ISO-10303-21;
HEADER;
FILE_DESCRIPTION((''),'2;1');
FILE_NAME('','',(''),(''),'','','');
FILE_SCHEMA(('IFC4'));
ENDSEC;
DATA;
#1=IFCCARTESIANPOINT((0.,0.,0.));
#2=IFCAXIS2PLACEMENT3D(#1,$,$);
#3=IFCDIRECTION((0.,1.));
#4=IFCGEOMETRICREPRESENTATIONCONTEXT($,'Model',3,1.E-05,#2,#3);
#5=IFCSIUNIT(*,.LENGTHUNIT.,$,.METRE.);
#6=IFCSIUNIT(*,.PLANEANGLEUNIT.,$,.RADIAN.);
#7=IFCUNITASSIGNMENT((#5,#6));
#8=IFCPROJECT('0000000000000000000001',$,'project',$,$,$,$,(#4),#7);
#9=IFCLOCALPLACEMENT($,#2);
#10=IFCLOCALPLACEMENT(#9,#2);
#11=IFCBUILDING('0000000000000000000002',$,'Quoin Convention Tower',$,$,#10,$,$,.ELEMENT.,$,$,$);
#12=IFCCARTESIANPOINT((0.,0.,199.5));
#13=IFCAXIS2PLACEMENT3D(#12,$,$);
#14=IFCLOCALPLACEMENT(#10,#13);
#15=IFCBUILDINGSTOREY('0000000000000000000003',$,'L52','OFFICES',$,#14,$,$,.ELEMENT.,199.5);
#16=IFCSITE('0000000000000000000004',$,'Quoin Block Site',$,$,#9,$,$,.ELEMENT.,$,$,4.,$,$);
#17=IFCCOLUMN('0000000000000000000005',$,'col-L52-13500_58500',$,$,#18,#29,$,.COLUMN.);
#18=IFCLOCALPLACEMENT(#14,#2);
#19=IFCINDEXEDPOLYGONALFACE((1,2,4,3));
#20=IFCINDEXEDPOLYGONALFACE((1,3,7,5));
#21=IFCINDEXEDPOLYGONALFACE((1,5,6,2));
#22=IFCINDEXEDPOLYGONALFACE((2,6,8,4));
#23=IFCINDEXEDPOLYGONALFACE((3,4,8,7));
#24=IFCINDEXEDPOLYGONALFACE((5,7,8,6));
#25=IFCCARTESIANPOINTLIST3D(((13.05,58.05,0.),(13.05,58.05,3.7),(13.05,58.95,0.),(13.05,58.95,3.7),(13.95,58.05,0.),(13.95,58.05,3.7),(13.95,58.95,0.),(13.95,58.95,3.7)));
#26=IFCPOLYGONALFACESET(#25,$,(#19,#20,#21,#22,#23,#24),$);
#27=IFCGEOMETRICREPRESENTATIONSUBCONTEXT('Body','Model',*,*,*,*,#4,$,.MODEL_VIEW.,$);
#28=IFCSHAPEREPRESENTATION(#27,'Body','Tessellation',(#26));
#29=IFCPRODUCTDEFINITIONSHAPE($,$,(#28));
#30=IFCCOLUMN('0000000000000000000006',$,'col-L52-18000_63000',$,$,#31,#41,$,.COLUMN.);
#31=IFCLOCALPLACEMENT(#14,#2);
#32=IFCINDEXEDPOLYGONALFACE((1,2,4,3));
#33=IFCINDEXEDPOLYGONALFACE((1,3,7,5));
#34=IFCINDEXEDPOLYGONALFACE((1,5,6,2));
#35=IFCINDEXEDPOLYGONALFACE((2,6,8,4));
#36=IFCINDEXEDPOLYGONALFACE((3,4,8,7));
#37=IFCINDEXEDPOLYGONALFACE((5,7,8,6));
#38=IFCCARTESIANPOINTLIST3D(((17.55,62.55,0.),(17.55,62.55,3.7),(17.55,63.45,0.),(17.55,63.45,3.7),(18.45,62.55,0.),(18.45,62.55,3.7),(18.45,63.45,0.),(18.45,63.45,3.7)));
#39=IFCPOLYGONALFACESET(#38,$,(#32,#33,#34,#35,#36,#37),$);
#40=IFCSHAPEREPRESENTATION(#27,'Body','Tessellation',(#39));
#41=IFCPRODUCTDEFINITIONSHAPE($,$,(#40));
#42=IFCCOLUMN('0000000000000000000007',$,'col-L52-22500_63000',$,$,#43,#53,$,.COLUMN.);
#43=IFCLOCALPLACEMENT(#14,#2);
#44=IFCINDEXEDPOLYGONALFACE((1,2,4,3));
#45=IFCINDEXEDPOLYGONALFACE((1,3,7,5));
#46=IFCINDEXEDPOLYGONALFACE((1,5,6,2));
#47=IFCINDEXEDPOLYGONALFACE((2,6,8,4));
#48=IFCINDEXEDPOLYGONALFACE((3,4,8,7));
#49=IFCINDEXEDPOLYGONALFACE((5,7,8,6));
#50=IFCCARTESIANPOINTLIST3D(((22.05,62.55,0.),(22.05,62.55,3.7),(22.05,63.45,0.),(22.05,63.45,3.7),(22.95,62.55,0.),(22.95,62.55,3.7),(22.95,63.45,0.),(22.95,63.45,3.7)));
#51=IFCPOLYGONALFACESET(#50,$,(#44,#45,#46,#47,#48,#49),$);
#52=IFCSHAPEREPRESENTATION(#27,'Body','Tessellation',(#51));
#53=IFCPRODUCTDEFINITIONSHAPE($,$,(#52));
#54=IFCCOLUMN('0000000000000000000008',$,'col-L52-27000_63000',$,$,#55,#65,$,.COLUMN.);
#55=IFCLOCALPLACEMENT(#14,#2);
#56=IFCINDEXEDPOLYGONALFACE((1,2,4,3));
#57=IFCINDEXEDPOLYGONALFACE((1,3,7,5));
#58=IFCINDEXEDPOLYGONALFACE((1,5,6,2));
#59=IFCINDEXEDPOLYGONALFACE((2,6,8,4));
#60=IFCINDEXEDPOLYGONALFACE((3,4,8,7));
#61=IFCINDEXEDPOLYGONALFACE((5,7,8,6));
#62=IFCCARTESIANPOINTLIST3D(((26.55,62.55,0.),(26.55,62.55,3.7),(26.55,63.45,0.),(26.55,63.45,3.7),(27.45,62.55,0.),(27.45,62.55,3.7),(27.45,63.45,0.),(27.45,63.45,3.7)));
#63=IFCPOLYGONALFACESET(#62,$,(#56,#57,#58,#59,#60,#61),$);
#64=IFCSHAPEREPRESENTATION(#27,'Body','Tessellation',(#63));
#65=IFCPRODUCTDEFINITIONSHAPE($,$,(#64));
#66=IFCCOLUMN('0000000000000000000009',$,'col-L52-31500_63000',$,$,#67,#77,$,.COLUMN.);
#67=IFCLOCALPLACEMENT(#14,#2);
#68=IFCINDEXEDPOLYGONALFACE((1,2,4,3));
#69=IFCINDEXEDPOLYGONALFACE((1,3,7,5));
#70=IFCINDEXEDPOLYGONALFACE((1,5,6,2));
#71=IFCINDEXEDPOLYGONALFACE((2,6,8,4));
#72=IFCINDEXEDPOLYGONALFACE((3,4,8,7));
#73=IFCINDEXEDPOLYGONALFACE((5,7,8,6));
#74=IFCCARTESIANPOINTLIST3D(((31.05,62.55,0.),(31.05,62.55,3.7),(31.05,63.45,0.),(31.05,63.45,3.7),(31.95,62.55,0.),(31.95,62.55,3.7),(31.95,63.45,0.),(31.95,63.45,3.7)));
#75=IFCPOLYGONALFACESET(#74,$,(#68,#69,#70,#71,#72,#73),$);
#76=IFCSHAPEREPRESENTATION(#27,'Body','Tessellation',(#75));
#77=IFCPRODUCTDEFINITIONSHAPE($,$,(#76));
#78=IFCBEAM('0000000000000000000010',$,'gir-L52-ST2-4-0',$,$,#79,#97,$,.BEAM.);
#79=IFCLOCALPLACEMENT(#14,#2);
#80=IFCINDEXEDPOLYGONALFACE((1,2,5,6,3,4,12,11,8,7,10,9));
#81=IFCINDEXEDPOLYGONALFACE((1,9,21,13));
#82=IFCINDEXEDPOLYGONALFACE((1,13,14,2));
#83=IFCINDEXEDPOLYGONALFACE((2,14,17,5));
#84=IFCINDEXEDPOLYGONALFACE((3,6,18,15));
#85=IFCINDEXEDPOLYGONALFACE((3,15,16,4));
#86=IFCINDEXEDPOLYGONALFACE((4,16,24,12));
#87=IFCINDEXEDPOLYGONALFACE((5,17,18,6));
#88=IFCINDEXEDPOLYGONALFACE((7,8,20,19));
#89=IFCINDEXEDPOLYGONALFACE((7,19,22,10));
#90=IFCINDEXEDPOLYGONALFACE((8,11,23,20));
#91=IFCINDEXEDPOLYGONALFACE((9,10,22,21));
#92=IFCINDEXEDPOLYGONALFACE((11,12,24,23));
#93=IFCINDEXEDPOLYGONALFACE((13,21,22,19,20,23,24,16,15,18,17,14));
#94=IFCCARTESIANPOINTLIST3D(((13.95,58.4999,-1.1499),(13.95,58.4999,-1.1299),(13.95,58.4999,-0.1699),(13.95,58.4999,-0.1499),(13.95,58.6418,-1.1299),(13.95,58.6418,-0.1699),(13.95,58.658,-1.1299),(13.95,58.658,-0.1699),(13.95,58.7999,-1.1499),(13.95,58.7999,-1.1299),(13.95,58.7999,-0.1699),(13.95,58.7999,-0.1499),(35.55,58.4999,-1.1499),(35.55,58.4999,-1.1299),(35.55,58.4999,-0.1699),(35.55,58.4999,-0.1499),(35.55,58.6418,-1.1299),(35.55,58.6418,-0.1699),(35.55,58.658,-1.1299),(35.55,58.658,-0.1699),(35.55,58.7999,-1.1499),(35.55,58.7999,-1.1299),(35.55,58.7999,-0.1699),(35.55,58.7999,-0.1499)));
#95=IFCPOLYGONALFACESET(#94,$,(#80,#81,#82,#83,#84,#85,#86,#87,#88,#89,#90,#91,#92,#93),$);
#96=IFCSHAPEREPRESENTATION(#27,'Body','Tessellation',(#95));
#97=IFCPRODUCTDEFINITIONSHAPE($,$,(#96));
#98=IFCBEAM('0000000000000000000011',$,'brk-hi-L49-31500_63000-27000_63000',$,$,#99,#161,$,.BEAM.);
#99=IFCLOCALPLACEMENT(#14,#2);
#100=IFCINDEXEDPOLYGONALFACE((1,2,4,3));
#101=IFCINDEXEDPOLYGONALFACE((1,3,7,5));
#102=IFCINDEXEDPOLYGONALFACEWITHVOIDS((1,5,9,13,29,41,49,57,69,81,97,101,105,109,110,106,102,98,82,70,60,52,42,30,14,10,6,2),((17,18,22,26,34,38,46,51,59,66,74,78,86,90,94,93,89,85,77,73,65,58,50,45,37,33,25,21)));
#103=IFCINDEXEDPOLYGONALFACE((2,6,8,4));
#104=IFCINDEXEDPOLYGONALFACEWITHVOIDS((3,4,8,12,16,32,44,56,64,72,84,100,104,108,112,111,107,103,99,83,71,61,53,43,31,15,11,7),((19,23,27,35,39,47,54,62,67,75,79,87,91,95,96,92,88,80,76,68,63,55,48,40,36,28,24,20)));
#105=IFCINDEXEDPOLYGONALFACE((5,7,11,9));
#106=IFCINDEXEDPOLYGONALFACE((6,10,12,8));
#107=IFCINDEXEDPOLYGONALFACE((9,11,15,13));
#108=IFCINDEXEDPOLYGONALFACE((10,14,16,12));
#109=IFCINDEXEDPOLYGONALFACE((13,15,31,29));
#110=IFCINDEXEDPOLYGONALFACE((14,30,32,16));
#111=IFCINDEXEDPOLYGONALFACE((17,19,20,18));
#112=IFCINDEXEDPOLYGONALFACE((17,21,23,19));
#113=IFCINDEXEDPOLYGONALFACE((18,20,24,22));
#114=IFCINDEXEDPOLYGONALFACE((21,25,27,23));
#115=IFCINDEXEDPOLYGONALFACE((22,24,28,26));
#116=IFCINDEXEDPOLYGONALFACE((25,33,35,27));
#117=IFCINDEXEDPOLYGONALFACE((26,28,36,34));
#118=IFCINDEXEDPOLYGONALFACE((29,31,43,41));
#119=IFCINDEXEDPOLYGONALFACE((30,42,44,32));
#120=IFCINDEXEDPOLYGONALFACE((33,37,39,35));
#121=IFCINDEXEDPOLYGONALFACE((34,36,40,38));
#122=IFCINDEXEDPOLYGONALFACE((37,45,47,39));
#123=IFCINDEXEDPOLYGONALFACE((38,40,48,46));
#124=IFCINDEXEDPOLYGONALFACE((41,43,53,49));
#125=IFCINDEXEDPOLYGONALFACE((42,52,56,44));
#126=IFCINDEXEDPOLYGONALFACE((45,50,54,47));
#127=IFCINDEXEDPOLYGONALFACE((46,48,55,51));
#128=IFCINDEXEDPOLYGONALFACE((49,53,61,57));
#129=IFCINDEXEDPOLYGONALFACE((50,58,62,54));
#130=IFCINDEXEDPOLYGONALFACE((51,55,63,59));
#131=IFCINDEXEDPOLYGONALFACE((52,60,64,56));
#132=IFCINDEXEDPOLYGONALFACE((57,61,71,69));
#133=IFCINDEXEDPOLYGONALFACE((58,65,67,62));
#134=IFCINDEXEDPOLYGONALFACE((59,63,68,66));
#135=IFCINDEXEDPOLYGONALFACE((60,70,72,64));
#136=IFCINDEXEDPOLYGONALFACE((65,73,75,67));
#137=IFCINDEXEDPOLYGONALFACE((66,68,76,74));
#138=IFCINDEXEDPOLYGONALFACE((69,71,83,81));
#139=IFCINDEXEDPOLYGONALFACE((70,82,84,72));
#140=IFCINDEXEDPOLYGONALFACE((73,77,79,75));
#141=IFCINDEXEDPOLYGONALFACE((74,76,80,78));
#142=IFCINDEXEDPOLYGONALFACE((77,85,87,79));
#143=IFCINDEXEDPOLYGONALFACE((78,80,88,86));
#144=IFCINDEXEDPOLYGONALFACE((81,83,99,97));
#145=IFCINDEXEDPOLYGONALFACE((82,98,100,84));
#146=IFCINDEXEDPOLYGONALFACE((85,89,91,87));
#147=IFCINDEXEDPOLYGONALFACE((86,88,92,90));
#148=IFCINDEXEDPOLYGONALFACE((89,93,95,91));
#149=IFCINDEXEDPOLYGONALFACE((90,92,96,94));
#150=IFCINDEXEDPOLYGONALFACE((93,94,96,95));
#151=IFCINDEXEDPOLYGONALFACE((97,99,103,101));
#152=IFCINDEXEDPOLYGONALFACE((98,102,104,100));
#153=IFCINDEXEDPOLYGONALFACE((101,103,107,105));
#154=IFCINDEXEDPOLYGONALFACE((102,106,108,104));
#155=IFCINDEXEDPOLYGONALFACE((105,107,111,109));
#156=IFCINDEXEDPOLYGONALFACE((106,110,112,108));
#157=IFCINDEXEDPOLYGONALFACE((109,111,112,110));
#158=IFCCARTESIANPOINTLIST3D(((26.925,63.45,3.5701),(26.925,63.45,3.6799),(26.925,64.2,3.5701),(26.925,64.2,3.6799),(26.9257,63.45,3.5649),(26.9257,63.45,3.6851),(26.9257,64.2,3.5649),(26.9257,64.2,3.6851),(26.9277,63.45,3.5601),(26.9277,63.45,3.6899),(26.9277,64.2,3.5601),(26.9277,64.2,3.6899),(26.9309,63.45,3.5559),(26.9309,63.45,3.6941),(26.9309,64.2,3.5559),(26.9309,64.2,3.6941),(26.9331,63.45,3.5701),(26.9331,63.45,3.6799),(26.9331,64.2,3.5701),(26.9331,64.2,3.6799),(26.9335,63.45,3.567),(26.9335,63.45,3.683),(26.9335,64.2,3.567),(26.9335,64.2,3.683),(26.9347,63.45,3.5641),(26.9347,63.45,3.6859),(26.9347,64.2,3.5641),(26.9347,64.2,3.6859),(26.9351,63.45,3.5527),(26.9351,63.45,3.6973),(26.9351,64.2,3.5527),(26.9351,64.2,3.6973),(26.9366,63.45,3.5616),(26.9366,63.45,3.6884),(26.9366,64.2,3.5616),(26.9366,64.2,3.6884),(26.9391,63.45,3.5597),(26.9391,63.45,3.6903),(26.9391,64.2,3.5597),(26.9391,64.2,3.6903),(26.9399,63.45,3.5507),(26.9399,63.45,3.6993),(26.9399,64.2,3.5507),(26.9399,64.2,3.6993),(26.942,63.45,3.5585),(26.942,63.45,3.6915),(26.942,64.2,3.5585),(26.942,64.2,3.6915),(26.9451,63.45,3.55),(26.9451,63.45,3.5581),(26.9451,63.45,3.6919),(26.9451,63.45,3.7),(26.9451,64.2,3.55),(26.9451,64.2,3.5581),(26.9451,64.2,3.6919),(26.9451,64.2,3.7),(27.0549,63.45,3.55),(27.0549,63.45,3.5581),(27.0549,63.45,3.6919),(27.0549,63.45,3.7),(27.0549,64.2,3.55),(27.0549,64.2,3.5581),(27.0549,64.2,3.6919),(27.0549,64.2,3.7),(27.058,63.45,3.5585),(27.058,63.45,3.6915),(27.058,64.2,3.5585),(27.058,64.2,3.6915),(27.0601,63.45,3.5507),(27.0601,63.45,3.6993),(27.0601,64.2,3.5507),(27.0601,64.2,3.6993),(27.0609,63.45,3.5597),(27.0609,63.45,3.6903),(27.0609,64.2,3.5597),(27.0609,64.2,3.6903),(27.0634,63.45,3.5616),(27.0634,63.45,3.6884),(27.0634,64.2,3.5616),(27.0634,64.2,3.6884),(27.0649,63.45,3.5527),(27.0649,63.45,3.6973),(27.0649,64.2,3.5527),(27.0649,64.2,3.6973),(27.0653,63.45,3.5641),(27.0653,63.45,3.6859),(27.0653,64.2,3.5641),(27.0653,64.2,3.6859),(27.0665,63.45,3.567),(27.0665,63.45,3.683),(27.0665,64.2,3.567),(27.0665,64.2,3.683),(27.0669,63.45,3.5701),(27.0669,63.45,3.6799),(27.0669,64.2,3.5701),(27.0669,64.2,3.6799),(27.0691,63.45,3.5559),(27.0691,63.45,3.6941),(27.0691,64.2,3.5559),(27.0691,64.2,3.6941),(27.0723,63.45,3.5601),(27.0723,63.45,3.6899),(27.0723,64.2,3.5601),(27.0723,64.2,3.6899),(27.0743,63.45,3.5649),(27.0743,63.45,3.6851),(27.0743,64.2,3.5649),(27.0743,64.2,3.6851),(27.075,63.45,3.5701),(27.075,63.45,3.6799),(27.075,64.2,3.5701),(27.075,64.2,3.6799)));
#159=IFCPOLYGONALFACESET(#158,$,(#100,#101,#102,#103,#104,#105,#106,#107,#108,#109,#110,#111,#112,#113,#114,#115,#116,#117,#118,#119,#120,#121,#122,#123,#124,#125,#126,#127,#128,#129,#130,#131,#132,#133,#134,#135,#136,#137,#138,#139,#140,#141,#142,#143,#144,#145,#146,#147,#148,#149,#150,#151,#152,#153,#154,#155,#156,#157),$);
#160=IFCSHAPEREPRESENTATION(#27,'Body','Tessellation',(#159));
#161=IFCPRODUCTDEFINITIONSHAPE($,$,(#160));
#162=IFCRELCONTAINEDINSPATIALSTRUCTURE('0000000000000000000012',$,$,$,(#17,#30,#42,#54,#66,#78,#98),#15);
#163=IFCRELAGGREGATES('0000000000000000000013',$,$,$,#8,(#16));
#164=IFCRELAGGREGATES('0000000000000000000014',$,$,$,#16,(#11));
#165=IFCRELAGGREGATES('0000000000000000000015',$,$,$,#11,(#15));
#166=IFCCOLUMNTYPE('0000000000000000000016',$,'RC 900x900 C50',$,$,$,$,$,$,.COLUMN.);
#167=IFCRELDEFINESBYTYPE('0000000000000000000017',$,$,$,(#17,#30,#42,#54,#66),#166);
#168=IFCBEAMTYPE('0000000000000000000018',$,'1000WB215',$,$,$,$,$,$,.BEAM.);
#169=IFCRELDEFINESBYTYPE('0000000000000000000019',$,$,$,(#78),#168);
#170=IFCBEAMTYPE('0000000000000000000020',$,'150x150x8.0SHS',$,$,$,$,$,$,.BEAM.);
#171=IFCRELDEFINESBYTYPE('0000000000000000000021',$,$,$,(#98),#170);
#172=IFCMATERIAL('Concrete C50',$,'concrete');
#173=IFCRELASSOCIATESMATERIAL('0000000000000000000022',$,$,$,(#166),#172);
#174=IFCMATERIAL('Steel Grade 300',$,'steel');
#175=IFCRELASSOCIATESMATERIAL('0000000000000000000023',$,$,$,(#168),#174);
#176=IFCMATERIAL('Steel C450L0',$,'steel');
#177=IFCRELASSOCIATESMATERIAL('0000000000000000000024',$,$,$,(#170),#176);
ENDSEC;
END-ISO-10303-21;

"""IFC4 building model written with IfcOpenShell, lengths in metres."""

from ifc_helpers import new_model, si_unit, direction, frame, origin, origin_2d, place, context, subcontext, project, spatial, rectangle, hollow_rectangle, i_section, extrude, material, material_profile, profile_set, type_object, element, save


model = new_model("IFC4")

# Units and contexts
model_context = context("Model", 3, precision=1e-05, world=origin(), true_north=direction((0.0, 1.0)))
body_context = subcontext(model_context, "Body", "Model", "MODEL_VIEW")
ifc_project = project(units=[si_unit("LENGTHUNIT", "METRE"), si_unit("PLANEANGLEUNIT", "RADIAN")], contexts=[model_context])

# Site, building, storey
site_placement = place(None, origin())
site = spatial("IfcSite", under=ifc_project, at=site_placement, Name="Quoin Block Site", CompositionType="ELEMENT", RefElevation=4.0)
building_placement = place(site_placement, origin())
building = spatial("IfcBuilding", under=site, at=building_placement, Name="Quoin Convention Tower", CompositionType="ELEMENT")
storey_placement = place(building_placement, frame((0.0, 0.0, 199.5)))
storey = spatial("IfcBuildingStorey", under=building, at=storey_placement, Name="L52", Description="OFFICES", CompositionType="ELEMENT", Elevation=199.5)

# Columns
ifc_material_1 = material(Name="Concrete C50", Category="concrete")
ifc_material_profile_1 = material_profile(ifc_material_1, rectangle(XDim=0.8999, YDim=0.8999, at=origin_2d()), Name="RC 900x900")
ifc_profile_set_1 = profile_set([ifc_material_profile_1], Name="Concrete C50")
column_type = type_object("IfcColumnType", Name="RC 900x900 C50", PredefinedType="COLUMN", material=ifc_profile_set_1)
for number, where, z_axis, x_axis, name in (
    (1, (13.5, 58.5, 0.0), (0.0, 0.0, 1.0), (1.0, 0.0, 0.0), "col-L52-13500_58500"),
    (2, (18.0, 63.0, 0.0), (0.0, 0.0, 1.0), (1.0, 0.0, 0.0), "col-L52-18000_63000"),
    (3, (22.5, 63.0, 0.0), (0.0, 0.0, 1.0), (1.0, 0.0, 0.0), "col-L52-22500_63000"),
    (4, (27.0, 63.0, 0.0), (0.0, 0.0, 1.0), (1.0, 0.0, 0.0), "col-L52-27000_63000"),
    (5, (31.5, 63.0, 0.0), (0.0, 0.0, 1.0), (1.0, 0.0, 0.0), "col-L52-31500_63000"),
):
    element("IfcColumn", number, at=place(storey_placement, frame(where, z_axis=z_axis, x_axis=x_axis)), inside=storey, type_object=column_type, Name=name, PredefinedType="COLUMN", context=body_context, shape_type="SweptSolid", body=[
        extrude(rectangle(XDim=0.8999, YDim=0.8999, at=origin_2d()), origin(), (0.0, 0.0, 1.0), 3.7),
    ])

# Beams
ifc_material_2 = material(Name="Steel Grade 300", Category="steel")
ifc_material_profile_2 = material_profile(ifc_material_2, i_section(OverallWidth=0.3, OverallDepth=1.0, WebThickness=0.0161, FlangeThickness=0.02, at=origin_2d()), Name="1000WB215")
ifc_profile_set_2 = profile_set([ifc_material_profile_2], Name="Steel Grade 300")
beam_type_1 = type_object("IfcBeamType", Name="1000WB215", PredefinedType="BEAM", material=ifc_profile_set_2)
beam_1_placement = place(storey_placement, frame((13.95, 58.6499, -0.6499), z_axis=(1.0, 0.0, 0.0), x_axis=(0.0, 1.0, 0.0)))
element("IfcBeam", 6, at=beam_1_placement, inside=storey, type_object=beam_type_1, Name="gir-L52-ST2-4-0", PredefinedType="BEAM", context=body_context, shape_type="SweptSolid", body=[
    extrude(i_section(OverallWidth=0.3, OverallDepth=1.0, WebThickness=0.0161, FlangeThickness=0.02, at=origin_2d()), origin(), (0.0, 0.0, 1.0), 21.6001),
])
ifc_material_3 = material(Name="Steel C450L0", Category="steel")
ifc_material_profile_3 = material_profile(ifc_material_3, hollow_rectangle(XDim=0.1499, YDim=0.1499, WallThickness=0.0081, InnerFilletRadius=0.012, OuterFilletRadius=0.02, at=origin_2d()), Name="150x150x8.0SHS")
ifc_profile_set_3 = profile_set([ifc_material_profile_3], Name="Steel C450L0")
beam_type_2 = type_object("IfcBeamType", Name="150x150x8.0SHS", PredefinedType="BEAM", material=ifc_profile_set_3)
for number, where, z_axis, x_axis, name in (
    (7, (27.0, 63.45, 3.625), (0.0, 1.0, 0.0), (-1.0, 0.0, 0.0), "brk-hi-L49-31500_63000-27000_63000"),
):
    element("IfcBeam", number, at=place(storey_placement, frame(where, z_axis=z_axis, x_axis=x_axis)), inside=storey, type_object=beam_type_2, Name=name, PredefinedType="BEAM", context=body_context, shape_type="SweptSolid", body=[
        extrude(hollow_rectangle(XDim=0.1499, YDim=0.1499, WallThickness=0.0081, InnerFilletRadius=0.012, OuterFilletRadius=0.02, at=origin_2d()), origin(), (0.0, 0.0, 1.0), 0.75),
    ])

save(model, "model.ifc")
